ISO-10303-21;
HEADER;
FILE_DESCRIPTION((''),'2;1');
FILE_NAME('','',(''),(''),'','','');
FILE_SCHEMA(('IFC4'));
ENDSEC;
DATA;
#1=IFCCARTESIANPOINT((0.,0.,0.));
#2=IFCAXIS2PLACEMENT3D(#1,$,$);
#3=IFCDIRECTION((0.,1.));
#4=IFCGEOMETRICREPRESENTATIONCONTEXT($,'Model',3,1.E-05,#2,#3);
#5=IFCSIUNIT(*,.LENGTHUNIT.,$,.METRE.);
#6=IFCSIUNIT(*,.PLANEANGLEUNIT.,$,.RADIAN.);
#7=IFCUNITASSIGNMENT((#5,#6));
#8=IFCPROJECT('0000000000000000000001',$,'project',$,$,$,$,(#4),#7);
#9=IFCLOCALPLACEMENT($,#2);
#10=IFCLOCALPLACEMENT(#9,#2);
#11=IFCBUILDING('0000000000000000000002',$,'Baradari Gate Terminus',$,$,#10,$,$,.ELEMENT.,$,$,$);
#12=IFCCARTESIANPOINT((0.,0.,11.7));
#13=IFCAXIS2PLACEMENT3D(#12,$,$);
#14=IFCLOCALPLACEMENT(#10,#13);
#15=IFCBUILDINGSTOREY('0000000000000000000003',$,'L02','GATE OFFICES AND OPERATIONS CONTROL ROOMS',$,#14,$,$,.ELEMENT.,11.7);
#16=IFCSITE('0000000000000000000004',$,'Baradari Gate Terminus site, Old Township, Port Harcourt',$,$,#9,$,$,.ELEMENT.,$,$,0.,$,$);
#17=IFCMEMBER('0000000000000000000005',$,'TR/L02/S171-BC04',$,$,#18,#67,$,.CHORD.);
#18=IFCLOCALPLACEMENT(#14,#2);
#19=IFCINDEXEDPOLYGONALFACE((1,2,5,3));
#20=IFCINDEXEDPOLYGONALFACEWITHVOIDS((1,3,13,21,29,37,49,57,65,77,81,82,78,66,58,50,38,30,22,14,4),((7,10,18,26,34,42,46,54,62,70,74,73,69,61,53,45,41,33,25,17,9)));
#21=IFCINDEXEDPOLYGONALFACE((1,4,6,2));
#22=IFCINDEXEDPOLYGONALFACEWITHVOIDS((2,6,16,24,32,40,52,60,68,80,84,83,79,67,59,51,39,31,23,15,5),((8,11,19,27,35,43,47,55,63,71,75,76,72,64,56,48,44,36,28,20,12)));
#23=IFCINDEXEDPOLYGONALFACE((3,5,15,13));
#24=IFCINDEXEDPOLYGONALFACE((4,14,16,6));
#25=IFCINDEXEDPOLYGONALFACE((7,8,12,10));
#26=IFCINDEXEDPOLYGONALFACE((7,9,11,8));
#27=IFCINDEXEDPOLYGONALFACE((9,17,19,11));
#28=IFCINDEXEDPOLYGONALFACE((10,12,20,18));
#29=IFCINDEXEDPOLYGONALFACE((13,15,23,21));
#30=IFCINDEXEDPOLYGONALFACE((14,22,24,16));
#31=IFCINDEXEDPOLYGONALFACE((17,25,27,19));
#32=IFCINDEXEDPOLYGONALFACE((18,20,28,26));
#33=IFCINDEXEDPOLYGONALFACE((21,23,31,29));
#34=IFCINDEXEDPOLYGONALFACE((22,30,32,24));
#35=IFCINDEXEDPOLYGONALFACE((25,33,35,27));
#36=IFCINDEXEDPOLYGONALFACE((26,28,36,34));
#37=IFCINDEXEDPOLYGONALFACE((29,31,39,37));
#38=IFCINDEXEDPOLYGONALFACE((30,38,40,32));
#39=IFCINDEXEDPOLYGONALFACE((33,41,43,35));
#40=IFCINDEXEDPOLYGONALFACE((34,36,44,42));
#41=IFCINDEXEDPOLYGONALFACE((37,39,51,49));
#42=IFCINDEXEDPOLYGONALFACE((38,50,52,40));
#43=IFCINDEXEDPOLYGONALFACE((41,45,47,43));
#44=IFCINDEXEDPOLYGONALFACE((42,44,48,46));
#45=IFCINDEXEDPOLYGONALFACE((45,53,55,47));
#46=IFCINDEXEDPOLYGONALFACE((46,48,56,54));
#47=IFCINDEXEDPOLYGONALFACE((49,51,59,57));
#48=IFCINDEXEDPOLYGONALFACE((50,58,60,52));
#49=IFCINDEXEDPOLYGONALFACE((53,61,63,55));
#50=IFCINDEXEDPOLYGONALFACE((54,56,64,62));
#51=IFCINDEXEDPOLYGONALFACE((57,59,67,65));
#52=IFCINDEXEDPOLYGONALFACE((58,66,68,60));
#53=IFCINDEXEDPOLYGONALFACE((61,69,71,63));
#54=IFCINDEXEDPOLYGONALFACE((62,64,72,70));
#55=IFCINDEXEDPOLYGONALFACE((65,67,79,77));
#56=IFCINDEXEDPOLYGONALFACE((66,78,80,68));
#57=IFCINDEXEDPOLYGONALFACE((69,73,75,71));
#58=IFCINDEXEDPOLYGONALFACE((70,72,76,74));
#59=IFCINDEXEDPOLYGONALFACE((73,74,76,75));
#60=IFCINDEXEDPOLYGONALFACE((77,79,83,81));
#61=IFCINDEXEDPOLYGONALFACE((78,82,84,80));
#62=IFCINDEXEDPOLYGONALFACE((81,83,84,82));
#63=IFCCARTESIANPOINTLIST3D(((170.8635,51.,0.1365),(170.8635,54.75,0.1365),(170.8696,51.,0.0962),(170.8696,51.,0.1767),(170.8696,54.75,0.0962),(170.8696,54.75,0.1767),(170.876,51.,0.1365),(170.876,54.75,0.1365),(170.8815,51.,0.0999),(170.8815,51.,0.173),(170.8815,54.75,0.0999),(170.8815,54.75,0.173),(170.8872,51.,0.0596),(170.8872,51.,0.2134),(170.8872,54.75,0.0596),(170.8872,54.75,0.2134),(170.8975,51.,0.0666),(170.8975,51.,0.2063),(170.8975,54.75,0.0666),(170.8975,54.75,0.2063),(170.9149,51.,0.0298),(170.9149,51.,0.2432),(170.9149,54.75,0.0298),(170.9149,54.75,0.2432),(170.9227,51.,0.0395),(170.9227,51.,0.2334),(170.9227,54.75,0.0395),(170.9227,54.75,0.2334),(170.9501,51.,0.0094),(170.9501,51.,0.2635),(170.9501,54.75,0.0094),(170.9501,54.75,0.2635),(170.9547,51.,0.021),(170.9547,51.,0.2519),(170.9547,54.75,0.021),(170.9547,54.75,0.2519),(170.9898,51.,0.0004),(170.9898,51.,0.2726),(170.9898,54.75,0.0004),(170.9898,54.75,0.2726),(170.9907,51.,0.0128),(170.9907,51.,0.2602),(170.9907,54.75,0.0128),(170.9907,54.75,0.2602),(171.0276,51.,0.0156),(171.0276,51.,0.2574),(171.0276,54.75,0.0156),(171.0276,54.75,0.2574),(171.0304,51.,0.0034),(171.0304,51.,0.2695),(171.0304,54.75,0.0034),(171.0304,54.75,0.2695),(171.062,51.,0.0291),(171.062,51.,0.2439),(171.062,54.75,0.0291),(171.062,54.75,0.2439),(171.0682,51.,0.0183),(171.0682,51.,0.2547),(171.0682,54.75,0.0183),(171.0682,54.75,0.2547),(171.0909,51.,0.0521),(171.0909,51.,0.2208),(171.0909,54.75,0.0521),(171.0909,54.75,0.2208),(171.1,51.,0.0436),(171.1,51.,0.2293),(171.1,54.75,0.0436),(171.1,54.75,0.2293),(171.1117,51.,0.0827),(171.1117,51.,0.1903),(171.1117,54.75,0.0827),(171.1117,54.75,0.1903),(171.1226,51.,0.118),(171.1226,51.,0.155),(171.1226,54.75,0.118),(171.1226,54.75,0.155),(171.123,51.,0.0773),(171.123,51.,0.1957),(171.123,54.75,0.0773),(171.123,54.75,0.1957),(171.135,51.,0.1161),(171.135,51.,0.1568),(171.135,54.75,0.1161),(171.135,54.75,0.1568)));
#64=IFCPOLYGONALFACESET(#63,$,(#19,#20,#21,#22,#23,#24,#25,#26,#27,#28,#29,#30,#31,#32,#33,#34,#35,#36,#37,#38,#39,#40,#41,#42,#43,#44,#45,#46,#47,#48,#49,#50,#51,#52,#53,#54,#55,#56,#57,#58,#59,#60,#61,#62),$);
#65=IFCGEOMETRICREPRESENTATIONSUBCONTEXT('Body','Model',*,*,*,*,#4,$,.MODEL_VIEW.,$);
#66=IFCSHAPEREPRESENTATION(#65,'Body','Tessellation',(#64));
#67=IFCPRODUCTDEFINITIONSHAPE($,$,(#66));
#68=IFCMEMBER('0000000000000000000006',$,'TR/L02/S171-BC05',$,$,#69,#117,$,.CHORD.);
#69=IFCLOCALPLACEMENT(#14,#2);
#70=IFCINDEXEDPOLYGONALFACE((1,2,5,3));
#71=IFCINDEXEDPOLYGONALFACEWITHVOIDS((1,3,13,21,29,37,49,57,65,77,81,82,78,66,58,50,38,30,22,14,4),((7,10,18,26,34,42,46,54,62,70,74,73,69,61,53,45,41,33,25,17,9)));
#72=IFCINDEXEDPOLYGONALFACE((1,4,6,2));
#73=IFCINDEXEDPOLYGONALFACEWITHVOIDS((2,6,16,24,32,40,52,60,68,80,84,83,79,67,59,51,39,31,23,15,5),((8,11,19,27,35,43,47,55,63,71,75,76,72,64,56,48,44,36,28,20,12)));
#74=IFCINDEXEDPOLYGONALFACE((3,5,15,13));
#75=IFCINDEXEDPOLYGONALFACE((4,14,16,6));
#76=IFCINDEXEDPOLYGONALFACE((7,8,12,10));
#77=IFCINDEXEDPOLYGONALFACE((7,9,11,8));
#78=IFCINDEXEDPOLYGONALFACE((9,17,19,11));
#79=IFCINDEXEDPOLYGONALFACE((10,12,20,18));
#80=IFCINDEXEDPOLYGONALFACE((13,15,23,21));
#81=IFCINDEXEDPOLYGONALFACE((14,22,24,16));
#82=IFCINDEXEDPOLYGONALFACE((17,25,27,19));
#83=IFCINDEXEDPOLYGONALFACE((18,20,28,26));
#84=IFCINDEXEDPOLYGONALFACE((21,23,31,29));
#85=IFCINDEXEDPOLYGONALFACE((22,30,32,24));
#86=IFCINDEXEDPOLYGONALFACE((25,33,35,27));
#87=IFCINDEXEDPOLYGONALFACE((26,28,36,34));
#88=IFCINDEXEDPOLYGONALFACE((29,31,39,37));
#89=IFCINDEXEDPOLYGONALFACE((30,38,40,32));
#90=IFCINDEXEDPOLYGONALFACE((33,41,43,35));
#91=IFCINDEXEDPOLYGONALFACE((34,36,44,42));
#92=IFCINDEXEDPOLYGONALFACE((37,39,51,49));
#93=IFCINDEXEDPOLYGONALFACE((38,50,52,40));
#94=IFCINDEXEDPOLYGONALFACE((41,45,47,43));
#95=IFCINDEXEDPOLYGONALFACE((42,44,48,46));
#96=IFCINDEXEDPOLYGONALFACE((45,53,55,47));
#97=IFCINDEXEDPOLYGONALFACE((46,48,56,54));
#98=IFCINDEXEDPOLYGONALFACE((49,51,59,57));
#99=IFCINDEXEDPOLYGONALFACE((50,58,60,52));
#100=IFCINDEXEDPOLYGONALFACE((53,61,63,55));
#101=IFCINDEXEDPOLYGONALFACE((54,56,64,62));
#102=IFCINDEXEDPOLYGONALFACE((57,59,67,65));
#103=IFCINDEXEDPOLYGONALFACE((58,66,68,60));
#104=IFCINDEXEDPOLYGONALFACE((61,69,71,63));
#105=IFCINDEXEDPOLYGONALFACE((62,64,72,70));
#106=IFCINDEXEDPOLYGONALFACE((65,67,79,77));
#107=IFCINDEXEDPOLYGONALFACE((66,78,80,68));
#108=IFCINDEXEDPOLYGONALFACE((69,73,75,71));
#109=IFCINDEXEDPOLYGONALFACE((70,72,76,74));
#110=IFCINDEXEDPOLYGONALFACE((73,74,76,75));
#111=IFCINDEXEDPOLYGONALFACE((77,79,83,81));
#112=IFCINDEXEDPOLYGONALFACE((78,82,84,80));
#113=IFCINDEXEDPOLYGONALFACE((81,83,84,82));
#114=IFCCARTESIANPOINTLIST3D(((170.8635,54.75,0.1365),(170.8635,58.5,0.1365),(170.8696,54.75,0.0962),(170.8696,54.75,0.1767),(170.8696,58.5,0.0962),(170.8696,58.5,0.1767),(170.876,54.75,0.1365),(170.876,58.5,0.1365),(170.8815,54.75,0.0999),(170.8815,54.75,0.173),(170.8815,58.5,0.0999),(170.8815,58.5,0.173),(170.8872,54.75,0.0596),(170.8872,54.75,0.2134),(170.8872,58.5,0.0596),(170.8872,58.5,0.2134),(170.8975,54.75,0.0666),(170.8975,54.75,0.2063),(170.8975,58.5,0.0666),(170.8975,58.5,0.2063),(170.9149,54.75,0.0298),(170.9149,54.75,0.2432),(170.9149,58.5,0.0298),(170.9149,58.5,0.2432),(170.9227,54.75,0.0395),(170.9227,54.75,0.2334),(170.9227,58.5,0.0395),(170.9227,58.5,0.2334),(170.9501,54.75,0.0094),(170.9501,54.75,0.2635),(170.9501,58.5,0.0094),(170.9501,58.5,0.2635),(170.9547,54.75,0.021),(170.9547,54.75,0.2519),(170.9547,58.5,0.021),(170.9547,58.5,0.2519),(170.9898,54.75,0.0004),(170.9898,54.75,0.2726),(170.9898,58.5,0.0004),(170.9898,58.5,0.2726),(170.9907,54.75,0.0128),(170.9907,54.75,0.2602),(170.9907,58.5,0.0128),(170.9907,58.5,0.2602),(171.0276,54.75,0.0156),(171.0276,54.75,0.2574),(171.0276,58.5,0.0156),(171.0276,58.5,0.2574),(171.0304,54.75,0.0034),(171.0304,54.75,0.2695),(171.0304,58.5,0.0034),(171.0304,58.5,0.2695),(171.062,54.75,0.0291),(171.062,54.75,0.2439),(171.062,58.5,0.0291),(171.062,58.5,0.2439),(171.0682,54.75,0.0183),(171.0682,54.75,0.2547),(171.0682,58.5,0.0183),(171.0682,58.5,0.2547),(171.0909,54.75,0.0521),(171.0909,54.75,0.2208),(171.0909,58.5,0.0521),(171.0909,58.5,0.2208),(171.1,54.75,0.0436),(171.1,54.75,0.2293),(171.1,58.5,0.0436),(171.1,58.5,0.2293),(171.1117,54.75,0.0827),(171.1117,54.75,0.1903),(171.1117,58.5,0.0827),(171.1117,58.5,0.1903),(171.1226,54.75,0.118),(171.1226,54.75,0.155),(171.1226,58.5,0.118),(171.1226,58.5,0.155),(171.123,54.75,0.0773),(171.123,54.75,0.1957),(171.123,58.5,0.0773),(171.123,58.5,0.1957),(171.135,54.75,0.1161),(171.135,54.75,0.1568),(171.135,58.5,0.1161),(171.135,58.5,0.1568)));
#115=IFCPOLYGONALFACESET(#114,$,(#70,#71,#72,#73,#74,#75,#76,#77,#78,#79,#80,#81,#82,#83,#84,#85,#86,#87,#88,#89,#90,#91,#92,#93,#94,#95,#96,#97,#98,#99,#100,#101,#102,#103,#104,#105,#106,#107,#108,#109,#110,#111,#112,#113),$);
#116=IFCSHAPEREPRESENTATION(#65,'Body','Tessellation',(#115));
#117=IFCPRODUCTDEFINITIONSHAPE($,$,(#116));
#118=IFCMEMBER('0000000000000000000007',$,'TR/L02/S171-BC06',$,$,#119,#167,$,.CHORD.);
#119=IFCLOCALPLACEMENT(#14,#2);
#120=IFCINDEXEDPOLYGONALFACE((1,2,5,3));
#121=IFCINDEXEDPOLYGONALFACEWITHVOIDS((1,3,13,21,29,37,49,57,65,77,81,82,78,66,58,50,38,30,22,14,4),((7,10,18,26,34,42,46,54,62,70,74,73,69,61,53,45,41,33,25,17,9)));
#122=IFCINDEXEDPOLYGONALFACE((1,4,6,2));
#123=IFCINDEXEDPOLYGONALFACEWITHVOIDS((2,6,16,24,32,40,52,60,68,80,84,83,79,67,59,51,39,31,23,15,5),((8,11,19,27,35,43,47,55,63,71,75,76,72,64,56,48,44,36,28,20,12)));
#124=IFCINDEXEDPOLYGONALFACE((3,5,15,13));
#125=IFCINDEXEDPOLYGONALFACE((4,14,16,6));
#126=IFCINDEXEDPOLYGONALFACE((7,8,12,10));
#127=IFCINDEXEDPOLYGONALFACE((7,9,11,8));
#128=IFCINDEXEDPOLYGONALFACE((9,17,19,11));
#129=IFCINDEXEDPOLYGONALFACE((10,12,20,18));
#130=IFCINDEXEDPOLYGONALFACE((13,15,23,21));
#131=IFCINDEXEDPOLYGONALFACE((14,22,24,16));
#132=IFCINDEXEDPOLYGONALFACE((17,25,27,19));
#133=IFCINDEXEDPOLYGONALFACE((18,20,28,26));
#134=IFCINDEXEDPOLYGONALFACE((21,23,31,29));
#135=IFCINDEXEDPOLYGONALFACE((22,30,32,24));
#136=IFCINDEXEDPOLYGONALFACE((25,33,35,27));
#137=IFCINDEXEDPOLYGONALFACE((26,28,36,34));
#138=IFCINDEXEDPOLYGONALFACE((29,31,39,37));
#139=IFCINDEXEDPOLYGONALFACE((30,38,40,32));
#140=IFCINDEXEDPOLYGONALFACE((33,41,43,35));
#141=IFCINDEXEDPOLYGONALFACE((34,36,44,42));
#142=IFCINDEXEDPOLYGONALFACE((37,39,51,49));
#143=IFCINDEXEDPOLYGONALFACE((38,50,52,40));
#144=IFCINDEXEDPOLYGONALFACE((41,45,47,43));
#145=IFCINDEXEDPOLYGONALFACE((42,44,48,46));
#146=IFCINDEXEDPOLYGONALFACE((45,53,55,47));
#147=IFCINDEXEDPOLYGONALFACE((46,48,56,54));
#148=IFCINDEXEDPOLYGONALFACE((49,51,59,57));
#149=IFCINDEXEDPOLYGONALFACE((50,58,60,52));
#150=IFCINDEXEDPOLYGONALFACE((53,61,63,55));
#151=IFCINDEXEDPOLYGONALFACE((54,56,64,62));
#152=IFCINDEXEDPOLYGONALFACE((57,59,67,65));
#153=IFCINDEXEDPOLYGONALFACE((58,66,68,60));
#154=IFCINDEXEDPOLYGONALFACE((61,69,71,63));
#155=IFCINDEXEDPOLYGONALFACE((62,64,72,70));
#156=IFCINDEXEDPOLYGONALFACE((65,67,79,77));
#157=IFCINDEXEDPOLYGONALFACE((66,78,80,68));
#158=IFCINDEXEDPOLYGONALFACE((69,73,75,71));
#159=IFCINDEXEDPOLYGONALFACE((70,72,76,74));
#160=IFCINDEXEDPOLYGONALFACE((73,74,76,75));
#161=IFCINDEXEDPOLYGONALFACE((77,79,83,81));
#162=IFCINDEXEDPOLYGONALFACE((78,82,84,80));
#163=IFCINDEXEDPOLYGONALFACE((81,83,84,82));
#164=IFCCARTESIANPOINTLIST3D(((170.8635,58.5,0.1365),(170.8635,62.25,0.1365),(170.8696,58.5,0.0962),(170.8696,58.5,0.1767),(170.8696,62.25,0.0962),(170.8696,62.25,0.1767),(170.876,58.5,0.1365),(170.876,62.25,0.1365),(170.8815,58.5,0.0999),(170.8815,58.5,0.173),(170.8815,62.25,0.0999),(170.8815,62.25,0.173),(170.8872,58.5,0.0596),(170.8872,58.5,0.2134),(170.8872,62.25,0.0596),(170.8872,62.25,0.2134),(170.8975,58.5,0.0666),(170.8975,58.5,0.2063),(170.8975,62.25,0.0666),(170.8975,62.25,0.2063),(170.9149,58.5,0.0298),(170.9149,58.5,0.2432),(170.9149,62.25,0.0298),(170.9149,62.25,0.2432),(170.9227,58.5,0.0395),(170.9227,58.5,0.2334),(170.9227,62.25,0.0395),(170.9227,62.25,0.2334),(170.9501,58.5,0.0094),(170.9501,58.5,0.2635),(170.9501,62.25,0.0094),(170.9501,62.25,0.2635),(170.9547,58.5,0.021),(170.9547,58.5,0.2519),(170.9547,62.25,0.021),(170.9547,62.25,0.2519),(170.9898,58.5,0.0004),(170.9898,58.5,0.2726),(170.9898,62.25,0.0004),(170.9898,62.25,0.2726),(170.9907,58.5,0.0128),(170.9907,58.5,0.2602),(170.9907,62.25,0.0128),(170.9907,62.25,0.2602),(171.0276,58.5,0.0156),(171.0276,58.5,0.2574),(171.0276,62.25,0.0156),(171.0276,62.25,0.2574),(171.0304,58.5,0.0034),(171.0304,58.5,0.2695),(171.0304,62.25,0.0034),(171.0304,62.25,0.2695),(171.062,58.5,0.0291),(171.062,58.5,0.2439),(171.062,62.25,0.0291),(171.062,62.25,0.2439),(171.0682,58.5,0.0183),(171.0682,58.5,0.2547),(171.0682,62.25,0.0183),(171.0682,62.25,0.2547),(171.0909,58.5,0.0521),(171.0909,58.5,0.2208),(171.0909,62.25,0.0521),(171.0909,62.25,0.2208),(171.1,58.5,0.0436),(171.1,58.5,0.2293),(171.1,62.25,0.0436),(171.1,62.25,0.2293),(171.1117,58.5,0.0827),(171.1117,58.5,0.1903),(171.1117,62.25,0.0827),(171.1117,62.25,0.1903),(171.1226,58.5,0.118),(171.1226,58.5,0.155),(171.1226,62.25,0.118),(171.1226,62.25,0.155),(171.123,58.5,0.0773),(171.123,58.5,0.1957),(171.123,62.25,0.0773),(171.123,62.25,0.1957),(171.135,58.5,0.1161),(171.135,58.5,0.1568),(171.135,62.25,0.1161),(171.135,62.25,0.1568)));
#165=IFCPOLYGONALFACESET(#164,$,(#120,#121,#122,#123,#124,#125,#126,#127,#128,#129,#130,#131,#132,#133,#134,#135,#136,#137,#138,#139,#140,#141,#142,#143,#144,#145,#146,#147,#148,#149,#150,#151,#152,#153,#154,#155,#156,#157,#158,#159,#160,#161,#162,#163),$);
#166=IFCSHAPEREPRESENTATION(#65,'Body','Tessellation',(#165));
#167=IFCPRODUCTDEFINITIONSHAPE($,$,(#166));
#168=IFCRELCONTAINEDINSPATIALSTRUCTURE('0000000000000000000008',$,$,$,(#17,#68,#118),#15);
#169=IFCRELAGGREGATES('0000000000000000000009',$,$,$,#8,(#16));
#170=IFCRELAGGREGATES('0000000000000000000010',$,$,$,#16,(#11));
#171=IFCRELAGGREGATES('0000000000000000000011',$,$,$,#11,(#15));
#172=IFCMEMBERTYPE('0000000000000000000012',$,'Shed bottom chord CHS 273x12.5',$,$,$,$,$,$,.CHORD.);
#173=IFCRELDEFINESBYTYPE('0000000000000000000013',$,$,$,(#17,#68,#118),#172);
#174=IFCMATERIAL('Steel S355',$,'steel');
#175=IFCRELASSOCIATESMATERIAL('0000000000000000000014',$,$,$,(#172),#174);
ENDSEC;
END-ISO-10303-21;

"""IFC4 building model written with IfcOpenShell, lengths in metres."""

from ifc_helpers import new_model, si_unit, direction, frame, origin, origin_2d, place, context, subcontext, project, spatial, hollow_circle, extrude, material, material_profile, profile_set, type_object, element, save


model = new_model("IFC4")

# Units and contexts
model_context = context("Model", 3, precision=1e-05, world=origin(), true_north=direction((0.0, 1.0)))
body_context = subcontext(model_context, "Body", "Model", "MODEL_VIEW")
ifc_project = project(units=[si_unit("LENGTHUNIT", "METRE"), si_unit("PLANEANGLEUNIT", "RADIAN")], contexts=[model_context])

# Site, building, storey
site_placement = place(None, origin())
site = spatial("IfcSite", under=ifc_project, at=site_placement, Name="Baradari Gate Terminus site, Old Township, Port Harcourt", CompositionType="ELEMENT", RefElevation=0.0)
building_placement = place(site_placement, origin())
building = spatial("IfcBuilding", under=site, at=building_placement, Name="Baradari Gate Terminus", CompositionType="ELEMENT")
storey_placement = place(building_placement, frame((0.0, 0.0, 11.7)))
storey = spatial("IfcBuildingStorey", under=building, at=storey_placement, Name="L02", Description="GATE OFFICES AND OPERATIONS CONTROL ROOMS", CompositionType="ELEMENT", Elevation=11.7)

# Members
ifc_material_1 = material(Name="Steel S355", Category="steel")
ifc_material_profile_1 = material_profile(ifc_material_1, hollow_circle(Radius=0.1365, WallThickness=0.0125, at=origin_2d()), Name="CHS 273x12.5")
ifc_profile_set_1 = profile_set([ifc_material_profile_1], Name="Steel S355")
member_type_1 = type_object("IfcMemberType", Name="Shed bottom chord CHS 273x12.5", PredefinedType="CHORD", material=ifc_profile_set_1)
for number, where, z_axis, x_axis, name in (
    (1, (171.0, 51.0, 0.1365), (0.0, 1.0, 0.0), (-1.0, 0.0, 0.0), "TR/L02/S171-BC04"),
    (2, (171.0, 54.75, 0.1365), (0.0, 1.0, 0.0), (-1.0, 0.0, 0.0), "TR/L02/S171-BC05"),
    (3, (171.0, 58.5, 0.1365), (0.0, 1.0, 0.0), (-1.0, 0.0, 0.0), "TR/L02/S171-BC06"),
):
    element("IfcMember", number, at=place(storey_placement, frame(where, z_axis=z_axis, x_axis=x_axis)), inside=storey, type_object=member_type_1, Name=name, PredefinedType="CHORD", context=body_context, shape_type="SweptSolid", body=[
        extrude(hollow_circle(Radius=0.1365, WallThickness=0.0125, at=origin_2d()), origin(), (0.0, 0.0, 1.0), 3.75),
    ])

save(model, "model.ifc")
